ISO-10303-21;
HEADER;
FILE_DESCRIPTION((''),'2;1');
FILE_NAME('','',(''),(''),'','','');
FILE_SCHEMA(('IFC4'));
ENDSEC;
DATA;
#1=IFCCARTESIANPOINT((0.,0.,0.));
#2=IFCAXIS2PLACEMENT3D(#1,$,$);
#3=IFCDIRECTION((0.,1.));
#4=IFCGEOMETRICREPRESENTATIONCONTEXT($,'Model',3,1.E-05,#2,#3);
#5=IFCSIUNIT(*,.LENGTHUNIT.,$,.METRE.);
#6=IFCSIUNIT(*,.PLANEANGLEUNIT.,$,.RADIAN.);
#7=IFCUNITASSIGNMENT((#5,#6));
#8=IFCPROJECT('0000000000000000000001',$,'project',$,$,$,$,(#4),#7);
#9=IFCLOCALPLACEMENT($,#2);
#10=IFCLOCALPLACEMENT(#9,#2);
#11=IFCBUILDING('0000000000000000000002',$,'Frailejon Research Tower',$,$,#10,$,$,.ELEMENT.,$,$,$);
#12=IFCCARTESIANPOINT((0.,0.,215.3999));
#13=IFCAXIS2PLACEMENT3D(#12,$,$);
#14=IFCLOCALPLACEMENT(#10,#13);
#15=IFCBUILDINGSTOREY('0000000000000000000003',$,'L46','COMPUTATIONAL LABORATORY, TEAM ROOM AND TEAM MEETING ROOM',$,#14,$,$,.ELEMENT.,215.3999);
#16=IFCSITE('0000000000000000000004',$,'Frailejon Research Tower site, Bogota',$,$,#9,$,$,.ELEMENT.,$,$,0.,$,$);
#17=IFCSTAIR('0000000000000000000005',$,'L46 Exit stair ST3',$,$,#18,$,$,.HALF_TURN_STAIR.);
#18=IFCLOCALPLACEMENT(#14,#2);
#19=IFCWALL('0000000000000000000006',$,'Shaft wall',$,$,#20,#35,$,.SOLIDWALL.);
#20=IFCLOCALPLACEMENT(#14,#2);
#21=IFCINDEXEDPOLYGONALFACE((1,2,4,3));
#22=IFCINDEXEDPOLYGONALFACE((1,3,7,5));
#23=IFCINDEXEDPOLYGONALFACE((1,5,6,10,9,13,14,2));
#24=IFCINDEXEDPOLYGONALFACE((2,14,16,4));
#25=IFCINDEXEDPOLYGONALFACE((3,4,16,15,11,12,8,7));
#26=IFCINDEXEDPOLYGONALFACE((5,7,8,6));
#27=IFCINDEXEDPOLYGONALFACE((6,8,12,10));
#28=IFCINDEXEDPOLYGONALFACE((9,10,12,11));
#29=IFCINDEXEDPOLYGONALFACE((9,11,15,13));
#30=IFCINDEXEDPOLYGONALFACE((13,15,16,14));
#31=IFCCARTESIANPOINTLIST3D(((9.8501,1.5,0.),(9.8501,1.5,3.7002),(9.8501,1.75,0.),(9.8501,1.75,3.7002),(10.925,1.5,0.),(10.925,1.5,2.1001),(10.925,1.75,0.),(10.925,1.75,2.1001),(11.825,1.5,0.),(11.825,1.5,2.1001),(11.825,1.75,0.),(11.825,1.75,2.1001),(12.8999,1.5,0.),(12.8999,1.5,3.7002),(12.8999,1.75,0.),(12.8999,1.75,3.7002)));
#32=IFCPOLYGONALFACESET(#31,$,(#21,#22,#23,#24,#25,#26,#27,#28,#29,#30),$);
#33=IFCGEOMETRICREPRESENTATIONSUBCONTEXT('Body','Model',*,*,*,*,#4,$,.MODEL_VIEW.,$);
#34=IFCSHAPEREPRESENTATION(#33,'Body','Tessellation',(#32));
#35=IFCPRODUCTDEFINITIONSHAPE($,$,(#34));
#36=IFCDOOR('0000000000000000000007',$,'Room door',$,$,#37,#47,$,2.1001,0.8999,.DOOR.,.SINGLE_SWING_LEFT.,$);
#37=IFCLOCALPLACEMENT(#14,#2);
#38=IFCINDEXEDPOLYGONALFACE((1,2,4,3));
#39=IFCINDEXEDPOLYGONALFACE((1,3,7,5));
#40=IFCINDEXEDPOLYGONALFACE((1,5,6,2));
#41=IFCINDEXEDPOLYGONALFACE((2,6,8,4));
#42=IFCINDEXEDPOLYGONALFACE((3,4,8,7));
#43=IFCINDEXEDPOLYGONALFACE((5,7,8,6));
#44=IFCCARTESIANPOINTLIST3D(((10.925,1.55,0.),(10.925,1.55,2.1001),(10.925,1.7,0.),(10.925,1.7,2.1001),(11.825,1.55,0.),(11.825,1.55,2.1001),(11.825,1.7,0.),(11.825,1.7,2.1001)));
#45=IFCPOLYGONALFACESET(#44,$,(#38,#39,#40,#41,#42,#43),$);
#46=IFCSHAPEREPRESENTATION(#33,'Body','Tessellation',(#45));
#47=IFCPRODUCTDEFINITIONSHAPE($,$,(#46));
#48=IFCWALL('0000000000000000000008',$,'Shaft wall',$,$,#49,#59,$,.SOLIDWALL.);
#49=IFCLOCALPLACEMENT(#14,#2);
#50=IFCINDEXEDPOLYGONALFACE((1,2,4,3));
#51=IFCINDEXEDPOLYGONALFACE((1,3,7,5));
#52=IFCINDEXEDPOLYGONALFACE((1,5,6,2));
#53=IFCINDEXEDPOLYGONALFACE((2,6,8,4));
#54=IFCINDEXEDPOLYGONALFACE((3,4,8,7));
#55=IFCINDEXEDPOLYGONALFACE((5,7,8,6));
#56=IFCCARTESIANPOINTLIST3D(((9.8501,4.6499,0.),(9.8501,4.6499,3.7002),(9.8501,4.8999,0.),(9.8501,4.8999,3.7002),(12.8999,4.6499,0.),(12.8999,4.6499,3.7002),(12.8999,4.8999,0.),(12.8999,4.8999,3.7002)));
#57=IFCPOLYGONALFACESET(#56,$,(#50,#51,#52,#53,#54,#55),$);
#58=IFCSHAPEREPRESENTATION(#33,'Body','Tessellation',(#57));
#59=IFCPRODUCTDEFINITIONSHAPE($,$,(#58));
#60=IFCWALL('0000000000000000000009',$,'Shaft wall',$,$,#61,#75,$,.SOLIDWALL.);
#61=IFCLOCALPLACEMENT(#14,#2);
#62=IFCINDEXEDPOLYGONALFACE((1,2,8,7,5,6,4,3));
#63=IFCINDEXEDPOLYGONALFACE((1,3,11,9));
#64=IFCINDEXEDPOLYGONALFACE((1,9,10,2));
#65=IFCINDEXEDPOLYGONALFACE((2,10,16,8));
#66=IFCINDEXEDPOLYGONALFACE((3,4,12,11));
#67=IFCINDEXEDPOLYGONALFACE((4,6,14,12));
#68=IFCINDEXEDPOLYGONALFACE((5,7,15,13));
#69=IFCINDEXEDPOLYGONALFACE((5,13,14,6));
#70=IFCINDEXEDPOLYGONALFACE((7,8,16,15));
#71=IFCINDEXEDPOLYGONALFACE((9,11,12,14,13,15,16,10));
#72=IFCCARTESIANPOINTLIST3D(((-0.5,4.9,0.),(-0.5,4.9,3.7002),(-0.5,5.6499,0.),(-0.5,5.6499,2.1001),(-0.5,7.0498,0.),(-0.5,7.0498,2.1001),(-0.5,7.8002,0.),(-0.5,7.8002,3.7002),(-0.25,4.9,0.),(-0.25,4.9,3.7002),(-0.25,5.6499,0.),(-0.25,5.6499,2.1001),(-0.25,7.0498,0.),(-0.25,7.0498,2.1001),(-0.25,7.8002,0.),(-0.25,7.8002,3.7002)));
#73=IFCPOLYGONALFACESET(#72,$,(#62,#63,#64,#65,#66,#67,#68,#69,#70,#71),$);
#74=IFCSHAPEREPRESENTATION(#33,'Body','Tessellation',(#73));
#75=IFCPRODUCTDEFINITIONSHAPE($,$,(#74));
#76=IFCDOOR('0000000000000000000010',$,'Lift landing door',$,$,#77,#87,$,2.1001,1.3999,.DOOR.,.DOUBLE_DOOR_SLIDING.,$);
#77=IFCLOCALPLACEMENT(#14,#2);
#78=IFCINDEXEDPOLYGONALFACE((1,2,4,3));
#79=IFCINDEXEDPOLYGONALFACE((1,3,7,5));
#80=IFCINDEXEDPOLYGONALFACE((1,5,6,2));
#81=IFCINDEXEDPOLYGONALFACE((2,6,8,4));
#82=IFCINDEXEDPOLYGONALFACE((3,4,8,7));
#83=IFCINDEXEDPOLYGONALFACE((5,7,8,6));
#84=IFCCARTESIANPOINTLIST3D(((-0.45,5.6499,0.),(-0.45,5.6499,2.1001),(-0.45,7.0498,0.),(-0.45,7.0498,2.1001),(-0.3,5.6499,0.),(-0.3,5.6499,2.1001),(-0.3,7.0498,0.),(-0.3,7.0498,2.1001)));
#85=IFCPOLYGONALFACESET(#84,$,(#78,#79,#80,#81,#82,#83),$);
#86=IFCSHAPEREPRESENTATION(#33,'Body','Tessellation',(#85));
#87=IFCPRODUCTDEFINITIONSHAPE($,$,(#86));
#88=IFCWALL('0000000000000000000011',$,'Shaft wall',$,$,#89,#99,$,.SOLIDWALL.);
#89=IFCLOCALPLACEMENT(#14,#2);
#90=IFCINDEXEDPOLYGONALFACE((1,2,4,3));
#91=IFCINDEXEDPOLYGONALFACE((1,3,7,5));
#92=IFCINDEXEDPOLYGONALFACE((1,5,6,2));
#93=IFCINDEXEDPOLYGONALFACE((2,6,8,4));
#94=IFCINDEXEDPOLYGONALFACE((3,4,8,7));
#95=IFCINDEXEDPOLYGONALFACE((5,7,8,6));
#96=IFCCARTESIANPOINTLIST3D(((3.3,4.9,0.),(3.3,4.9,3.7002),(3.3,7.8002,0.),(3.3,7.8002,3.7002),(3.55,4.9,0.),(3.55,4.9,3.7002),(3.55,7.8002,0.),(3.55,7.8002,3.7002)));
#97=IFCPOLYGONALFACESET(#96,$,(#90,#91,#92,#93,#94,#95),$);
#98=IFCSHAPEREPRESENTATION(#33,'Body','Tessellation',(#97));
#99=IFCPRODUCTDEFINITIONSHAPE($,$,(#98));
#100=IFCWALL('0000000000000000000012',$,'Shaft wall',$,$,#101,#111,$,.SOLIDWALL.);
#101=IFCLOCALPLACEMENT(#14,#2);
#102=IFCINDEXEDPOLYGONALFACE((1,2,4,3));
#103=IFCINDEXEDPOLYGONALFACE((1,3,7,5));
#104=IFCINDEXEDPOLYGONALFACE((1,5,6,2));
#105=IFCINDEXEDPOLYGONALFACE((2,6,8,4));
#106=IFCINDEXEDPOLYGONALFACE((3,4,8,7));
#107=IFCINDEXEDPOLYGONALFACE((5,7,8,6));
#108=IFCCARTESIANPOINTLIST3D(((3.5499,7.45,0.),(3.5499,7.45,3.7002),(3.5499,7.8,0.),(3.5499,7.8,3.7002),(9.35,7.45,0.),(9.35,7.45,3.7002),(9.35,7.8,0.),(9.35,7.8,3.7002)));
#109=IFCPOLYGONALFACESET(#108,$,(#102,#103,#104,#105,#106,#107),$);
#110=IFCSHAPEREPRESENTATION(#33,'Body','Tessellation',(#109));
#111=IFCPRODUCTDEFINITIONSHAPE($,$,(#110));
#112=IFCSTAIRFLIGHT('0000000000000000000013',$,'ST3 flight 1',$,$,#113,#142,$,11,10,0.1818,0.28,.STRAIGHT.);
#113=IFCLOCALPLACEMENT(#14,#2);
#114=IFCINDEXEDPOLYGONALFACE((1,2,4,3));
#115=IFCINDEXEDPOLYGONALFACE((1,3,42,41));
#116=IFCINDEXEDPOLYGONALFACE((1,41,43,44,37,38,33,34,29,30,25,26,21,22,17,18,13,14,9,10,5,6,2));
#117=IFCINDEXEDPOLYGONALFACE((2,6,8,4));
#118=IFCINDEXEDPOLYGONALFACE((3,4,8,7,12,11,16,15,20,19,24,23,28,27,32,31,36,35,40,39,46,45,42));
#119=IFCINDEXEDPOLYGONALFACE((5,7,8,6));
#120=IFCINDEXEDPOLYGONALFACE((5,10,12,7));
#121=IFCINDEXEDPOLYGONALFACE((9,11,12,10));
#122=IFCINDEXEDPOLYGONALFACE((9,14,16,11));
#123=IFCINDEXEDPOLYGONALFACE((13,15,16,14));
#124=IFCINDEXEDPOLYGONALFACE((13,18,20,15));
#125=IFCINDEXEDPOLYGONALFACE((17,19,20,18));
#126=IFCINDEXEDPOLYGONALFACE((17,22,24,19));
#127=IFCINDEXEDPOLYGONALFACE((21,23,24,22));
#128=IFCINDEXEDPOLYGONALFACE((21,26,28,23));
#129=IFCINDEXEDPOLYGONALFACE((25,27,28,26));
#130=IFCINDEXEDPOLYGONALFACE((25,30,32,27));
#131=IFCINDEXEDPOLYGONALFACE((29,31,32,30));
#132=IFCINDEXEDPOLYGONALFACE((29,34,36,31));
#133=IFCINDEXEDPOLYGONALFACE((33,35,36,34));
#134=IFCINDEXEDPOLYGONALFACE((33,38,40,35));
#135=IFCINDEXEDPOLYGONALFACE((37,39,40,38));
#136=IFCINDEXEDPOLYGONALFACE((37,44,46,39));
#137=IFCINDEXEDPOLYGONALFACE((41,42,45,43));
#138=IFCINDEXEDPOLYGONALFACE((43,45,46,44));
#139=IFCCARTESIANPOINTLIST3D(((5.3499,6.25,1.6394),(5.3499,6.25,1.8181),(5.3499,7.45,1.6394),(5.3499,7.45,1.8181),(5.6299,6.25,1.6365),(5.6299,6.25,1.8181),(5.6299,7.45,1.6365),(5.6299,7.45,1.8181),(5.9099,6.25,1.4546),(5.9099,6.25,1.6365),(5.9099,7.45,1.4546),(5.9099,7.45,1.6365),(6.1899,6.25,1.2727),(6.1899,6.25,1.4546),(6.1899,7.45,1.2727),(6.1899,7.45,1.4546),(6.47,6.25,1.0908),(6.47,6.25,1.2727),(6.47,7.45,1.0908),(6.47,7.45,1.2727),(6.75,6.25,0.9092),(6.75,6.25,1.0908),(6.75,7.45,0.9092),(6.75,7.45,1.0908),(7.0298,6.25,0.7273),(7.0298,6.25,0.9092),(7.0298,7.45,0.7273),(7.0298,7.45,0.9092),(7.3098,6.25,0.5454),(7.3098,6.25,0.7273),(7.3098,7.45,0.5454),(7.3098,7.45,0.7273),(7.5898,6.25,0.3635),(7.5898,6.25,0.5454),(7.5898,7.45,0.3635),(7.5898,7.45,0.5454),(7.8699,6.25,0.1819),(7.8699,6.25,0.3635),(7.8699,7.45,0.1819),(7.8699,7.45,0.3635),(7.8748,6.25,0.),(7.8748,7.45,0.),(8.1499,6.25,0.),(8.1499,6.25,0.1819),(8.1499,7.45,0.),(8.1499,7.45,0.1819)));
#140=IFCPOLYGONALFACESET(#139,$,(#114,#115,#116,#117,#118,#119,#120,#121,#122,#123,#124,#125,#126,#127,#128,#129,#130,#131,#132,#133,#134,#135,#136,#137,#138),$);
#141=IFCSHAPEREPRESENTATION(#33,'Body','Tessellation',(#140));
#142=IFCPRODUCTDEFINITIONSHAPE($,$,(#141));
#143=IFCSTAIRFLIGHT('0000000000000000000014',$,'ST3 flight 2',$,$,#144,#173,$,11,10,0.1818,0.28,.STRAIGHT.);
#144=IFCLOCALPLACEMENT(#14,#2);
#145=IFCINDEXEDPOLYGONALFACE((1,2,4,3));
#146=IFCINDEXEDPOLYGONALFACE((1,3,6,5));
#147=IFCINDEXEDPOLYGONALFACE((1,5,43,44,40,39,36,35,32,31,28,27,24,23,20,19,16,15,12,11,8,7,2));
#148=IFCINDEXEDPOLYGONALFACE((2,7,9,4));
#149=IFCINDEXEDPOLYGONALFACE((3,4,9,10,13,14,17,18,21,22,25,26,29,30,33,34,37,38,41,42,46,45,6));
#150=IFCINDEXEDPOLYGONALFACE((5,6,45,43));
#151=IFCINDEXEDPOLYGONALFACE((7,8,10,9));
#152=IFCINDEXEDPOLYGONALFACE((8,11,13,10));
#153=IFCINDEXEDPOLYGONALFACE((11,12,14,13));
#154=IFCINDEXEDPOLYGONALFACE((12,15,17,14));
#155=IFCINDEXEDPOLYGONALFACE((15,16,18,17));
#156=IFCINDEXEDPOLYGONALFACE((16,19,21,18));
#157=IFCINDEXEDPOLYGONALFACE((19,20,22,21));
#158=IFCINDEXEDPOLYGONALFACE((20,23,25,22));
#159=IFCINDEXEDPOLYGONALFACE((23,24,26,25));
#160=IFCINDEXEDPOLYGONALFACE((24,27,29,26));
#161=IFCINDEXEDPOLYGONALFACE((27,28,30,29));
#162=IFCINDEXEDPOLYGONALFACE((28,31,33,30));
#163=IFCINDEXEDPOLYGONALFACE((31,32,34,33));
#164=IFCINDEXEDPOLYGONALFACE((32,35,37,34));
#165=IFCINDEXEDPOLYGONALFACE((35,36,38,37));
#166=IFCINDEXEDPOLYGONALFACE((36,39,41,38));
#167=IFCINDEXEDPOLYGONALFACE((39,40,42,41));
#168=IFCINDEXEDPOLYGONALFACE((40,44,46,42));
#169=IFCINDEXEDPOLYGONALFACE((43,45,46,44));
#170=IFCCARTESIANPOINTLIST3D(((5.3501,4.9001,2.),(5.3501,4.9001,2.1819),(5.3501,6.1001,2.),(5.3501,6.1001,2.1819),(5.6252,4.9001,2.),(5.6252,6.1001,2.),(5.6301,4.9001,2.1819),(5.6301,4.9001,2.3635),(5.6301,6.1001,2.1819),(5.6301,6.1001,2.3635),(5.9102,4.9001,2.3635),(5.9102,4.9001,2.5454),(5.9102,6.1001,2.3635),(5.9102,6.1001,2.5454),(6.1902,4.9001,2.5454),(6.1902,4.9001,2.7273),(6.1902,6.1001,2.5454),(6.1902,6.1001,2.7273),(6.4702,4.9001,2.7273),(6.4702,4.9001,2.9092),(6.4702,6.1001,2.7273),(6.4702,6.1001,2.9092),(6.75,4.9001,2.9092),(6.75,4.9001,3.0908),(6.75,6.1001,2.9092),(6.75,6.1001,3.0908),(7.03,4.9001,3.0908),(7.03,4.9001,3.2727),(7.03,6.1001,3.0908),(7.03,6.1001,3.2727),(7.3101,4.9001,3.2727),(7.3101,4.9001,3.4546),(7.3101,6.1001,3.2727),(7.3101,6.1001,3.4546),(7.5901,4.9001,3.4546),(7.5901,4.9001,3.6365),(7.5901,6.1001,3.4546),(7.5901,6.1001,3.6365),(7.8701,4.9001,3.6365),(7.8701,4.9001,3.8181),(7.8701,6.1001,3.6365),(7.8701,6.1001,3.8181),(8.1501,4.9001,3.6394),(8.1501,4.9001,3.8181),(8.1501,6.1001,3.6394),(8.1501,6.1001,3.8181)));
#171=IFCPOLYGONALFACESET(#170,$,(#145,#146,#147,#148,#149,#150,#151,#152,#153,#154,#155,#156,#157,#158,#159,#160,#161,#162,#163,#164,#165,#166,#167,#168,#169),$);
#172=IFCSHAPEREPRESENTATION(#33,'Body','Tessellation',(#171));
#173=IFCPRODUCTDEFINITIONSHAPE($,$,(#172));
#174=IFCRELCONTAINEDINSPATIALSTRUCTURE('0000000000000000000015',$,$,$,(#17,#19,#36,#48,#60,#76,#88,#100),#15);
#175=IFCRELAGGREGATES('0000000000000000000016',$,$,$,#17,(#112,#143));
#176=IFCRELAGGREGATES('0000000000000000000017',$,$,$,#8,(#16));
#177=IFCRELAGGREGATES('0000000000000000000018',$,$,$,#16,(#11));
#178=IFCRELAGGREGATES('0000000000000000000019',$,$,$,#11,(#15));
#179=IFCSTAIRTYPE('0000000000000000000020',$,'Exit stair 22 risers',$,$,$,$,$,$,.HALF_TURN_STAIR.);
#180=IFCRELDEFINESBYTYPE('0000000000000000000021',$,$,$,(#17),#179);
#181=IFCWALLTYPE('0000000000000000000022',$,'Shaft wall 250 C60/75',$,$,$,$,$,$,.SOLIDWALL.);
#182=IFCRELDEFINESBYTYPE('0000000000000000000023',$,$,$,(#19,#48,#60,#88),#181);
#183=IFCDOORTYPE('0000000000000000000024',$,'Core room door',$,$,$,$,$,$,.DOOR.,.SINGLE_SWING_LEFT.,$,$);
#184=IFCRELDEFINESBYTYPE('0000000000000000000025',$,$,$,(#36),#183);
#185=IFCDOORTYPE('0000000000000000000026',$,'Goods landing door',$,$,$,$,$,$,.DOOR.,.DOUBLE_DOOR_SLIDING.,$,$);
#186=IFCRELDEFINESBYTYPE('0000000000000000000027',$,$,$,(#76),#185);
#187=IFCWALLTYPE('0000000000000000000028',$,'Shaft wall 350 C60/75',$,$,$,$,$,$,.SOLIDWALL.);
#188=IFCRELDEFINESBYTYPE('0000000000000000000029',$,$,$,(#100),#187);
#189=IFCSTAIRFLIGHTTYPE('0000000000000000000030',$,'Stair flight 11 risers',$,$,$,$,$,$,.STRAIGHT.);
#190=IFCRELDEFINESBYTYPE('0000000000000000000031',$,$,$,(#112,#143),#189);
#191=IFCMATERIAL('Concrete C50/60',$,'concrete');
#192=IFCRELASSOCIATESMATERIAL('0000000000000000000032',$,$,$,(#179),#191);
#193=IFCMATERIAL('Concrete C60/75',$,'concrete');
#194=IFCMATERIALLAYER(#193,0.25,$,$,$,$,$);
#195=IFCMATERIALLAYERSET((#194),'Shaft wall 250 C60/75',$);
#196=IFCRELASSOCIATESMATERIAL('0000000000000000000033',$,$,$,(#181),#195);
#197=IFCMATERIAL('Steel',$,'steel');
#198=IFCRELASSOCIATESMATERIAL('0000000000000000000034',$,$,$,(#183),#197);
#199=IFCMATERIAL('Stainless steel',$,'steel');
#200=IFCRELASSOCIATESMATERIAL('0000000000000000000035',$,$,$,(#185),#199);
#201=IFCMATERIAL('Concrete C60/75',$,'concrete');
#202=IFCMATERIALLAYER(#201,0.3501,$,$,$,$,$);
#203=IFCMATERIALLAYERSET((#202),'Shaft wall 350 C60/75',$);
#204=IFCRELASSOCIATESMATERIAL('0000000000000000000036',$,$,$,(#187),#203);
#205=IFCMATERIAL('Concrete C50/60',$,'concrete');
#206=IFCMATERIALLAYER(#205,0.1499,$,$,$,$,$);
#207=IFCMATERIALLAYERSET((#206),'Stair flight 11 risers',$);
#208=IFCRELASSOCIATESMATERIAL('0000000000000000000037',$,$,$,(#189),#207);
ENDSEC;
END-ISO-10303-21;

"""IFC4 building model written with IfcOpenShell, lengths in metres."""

from ifc_helpers import new_model, si_unit, direction, frame, frame_2d, origin, place, context, subcontext, project, spatial, polyline, rectangle, outline, extrude, material, layer, layer_set, type_object, element, fill, aggregate, save


model = new_model("IFC4")

# Units and contexts
model_context = context("Model", 3, precision=1e-05, world=origin(), true_north=direction((0.0, 1.0)))
body_context = subcontext(model_context, "Body", "Model", "MODEL_VIEW")
ifc_project = project(units=[si_unit("LENGTHUNIT", "METRE"), si_unit("PLANEANGLEUNIT", "RADIAN")], contexts=[model_context])

# Site, building, storey
site_placement = place(None, origin())
site = spatial("IfcSite", under=ifc_project, at=site_placement, Name="Frailejon Research Tower site, Bogota", CompositionType="ELEMENT", RefElevation=0.0)
building_placement = place(site_placement, origin())
building = spatial("IfcBuilding", under=site, at=building_placement, Name="Frailejon Research Tower", CompositionType="ELEMENT")
storey_placement = place(building_placement, frame((0.0, 0.0, 215.3999)))
storey = spatial("IfcBuildingStorey", under=building, at=storey_placement, Name="L46", Description="COMPUTATIONAL LABORATORY, TEAM ROOM AND TEAM MEETING ROOM", CompositionType="ELEMENT", Elevation=215.3999)

# Stair
ifc_material_1 = material(Name="Concrete C50/60", Category="concrete")
stair_type = type_object("IfcStairType", Name="Exit stair 22 risers", PredefinedType="HALF_TURN_STAIR", material=ifc_material_1)
stair_1_placement = place(storey_placement, origin())
stair_1 = element("IfcStair", 1, at=stair_1_placement, inside=storey, type_object=stair_type, Name="L46 Exit stair ST3", PredefinedType="HALF_TURN_STAIR")

# Wall, opening, door
ifc_material_2 = material(Name="Concrete C60/75", Category="concrete")
ifc_layer_1 = layer(ifc_material_2, 0.25)
ifc_layer_set_1 = layer_set([ifc_layer_1], Name="Shaft wall 250 C60/75")
wall_type_1 = type_object("IfcWallType", Name="Shaft wall 250 C60/75", PredefinedType="SOLIDWALL", material=ifc_layer_set_1)
wall_1_placement = place(storey_placement, frame((9.8501, 1.625, 0.0), z_axis=(0.0, 0.0, 1.0), x_axis=(1.0, 0.0, 0.0)))
wall_1 = element("IfcWall", 2, at=wall_1_placement, inside=storey, type_object=wall_type_1, Name="Shaft wall", PredefinedType="SOLIDWALL", context=body_context, shape_type="SweptSolid", body=[
    extrude(rectangle(XDim=3.0498, YDim=0.25, at=frame_2d((1.5249, 0.0))), origin(), (0.0, 0.0, 1.0), 3.7002),
])
opening_1_placement = place(wall_1_placement, frame((1.075, 0.0, 0.0)))
opening_1 = element("IfcOpeningElement", 3, at=opening_1_placement, cuts=wall_1, PredefinedType="OPENING", context=body_context, shape_type="SweptSolid", body=[
    extrude(rectangle(XDim=0.8999, YDim=2.1001, at=frame_2d((0.45, 1.05))), frame((0.0, 0.135, 0.0), z_axis=(0.0, -1.0, 0.0), x_axis=(1.0, 0.0, 0.0)), (0.0, 0.0, 1.0), 0.27),
])
ifc_material_3 = material(Name="Steel", Category="steel")
door_type_1 = type_object("IfcDoorType", Name="Core room door", OperationType="SINGLE_SWING_LEFT", PredefinedType="DOOR", material=ifc_material_3)
door_1_placement = place(opening_1_placement, origin())
door_1 = element("IfcDoor", 4, at=door_1_placement, inside=storey, type_object=door_type_1, Name="Room door", OperationType="SINGLE_SWING_LEFT", OverallHeight=2.1001, OverallWidth=0.8999, PredefinedType="DOOR", context=body_context, shape_type="SweptSolid", body=[
    extrude(rectangle(XDim=0.8999, YDim=2.1001, at=frame_2d((0.45, 1.05))), frame((0.0, 0.075, 0.0), z_axis=(0.0, -1.0, 0.0), x_axis=(1.0, 0.0, 0.0)), (0.0, 0.0, 1.0), 0.1499),
])
fill(opening_1, door_1)

# Wall
wall_2_placement = place(storey_placement, frame((9.8501, 4.7749, 0.0), z_axis=(0.0, 0.0, 1.0), x_axis=(1.0, 0.0, 0.0)))
element("IfcWall", 5, at=wall_2_placement, inside=storey, type_object=wall_type_1, Name="Shaft wall", PredefinedType="SOLIDWALL", context=body_context, shape_type="SweptSolid", body=[
    extrude(rectangle(XDim=3.0498, YDim=0.25, at=frame_2d((1.5249, 0.0))), origin(), (0.0, 0.0, 1.0), 3.7002),
])

# Wall, opening, door
wall_3_placement = place(storey_placement, frame((-0.375, 4.8999, 0.0), z_axis=(0.0, 0.0, 1.0), x_axis=(0.0, 1.0, 0.0)))
wall_3 = element("IfcWall", 6, at=wall_3_placement, inside=storey, type_object=wall_type_1, Name="Shaft wall", PredefinedType="SOLIDWALL", context=body_context, shape_type="SweptSolid", body=[
    extrude(rectangle(XDim=2.9001, YDim=0.25, at=frame_2d((1.4502, 0.0))), origin(), (0.0, 0.0, 1.0), 3.7002),
])
opening_2_placement = place(wall_3_placement, frame((0.75, 0.0, 0.0)))
opening_2 = element("IfcOpeningElement", 7, at=opening_2_placement, cuts=wall_3, PredefinedType="OPENING", context=body_context, shape_type="SweptSolid", body=[
    extrude(rectangle(XDim=1.3999, YDim=2.1001, at=frame_2d((0.7, 1.05))), frame((0.0, 0.135, 0.0), z_axis=(0.0, -1.0, 0.0), x_axis=(1.0, 0.0, 0.0)), (0.0, 0.0, 1.0), 0.27),
])
ifc_material_4 = material(Name="Stainless steel", Category="steel")
door_type_2 = type_object("IfcDoorType", Name="Goods landing door", OperationType="DOUBLE_DOOR_SLIDING", PredefinedType="DOOR", material=ifc_material_4)
door_2_placement = place(opening_2_placement, origin())
door_2 = element("IfcDoor", 8, at=door_2_placement, inside=storey, type_object=door_type_2, Name="Lift landing door", OperationType="DOUBLE_DOOR_SLIDING", OverallHeight=2.1001, OverallWidth=1.3999, PredefinedType="DOOR", context=body_context, shape_type="SweptSolid", body=[
    extrude(rectangle(XDim=1.3999, YDim=2.1001, at=frame_2d((0.7, 1.05))), frame((0.0, 0.075, 0.0), z_axis=(0.0, -1.0, 0.0), x_axis=(1.0, 0.0, 0.0)), (0.0, 0.0, 1.0), 0.1499),
])
fill(opening_2, door_2)

# Walls
wall_4_placement = place(storey_placement, frame((3.425, 4.8999, 0.0), z_axis=(0.0, 0.0, 1.0), x_axis=(0.0, 1.0, 0.0)))
element("IfcWall", 9, at=wall_4_placement, inside=storey, type_object=wall_type_1, Name="Shaft wall", PredefinedType="SOLIDWALL", context=body_context, shape_type="SweptSolid", body=[
    extrude(rectangle(XDim=2.9001, YDim=0.25, at=frame_2d((1.4502, 0.0))), origin(), (0.0, 0.0, 1.0), 3.7002),
])
ifc_material_5 = material(Name="Concrete C60/75", Category="concrete")
ifc_layer_2 = layer(ifc_material_5, 0.3501)
ifc_layer_set_2 = layer_set([ifc_layer_2], Name="Shaft wall 350 C60/75")
wall_type_2 = type_object("IfcWallType", Name="Shaft wall 350 C60/75", PredefinedType="SOLIDWALL", material=ifc_layer_set_2)
wall_5_placement = place(storey_placement, frame((3.55, 7.625, 0.0), z_axis=(0.0, 0.0, 1.0), x_axis=(1.0, 0.0, 0.0)))
element("IfcWall", 10, at=wall_5_placement, inside=storey, type_object=wall_type_2, Name="Shaft wall", PredefinedType="SOLIDWALL", context=body_context, shape_type="SweptSolid", body=[
    extrude(rectangle(XDim=5.8, YDim=0.3501, at=frame_2d((2.8999, 0.0))), origin(), (0.0, 0.0, 1.0), 3.7002),
])

# Stair flights
ifc_material_6 = material(Name="Concrete C50/60", Category="concrete")
ifc_layer_3 = layer(ifc_material_6, 0.1499)
ifc_layer_set_3 = layer_set([ifc_layer_3], Name="Stair flight 11 risers")
stair_flight_type = type_object("IfcStairFlightType", Name="Stair flight 11 risers", PredefinedType="STRAIGHT", material=ifc_layer_set_3)
stair_flight_1_placement = place(storey_placement, frame((8.1499, 6.8501, 0.0), z_axis=(0.0, 0.0, 1.0), x_axis=(-1.0, 0.0, 0.0)))
stair_flight_1 = element("IfcStairFlight", 11, at=stair_flight_1_placement, type_object=stair_flight_type, Name="ST3 flight 1", NumberOfRisers=11, NumberOfTreads=10, PredefinedType="STRAIGHT", RiserHeight=0.1818, TreadLength=0.28, context=body_context, shape_type="SweptSolid", body=[
    extrude(outline(polyline([(0.0, 0.0), (0.0, 0.1819), (0.28, 0.1819), (0.28, 0.3635), (0.5601, 0.3635), (0.5601, 0.5454), (0.8401, 0.5454), (0.8401, 0.7273), (1.1201, 0.7273), (1.1201, 0.9092), (1.3999, 0.9092), (1.3999, 1.0908), (1.6799, 1.0908), (1.6799, 1.2727), (1.96, 1.2727), (1.96, 1.4546), (2.24, 1.4546), (2.24, 1.6365), (2.52, 1.6365), (2.52, 1.8181), (2.8, 1.8181), (2.8, 2.0), (2.8, 1.6394), (0.2751, 0.0), (0.0, 0.0)])), frame((0.0, 0.6001, 0.0), z_axis=(0.0, -1.0, 0.0), x_axis=(1.0, 0.0, 0.0)), (0.0, 0.0, 1.0), 1.2),
])
stair_flight_2_placement = place(storey_placement, frame((5.3501, 5.5, 2.0), z_axis=(0.0, 0.0, 1.0), x_axis=(1.0, 0.0, 0.0)))
stair_flight_2 = element("IfcStairFlight", 12, at=stair_flight_2_placement, type_object=stair_flight_type, Name="ST3 flight 2", NumberOfRisers=11, NumberOfTreads=10, PredefinedType="STRAIGHT", RiserHeight=0.1818, TreadLength=0.28, context=body_context, shape_type="SweptSolid", body=[
    extrude(outline(polyline([(0.0, 0.0), (0.0, 0.1819), (0.28, 0.1819), (0.28, 0.3635), (0.5601, 0.3635), (0.5601, 0.5454), (0.8401, 0.5454), (0.8401, 0.7273), (1.1201, 0.7273), (1.1201, 0.9092), (1.3999, 0.9092), (1.3999, 1.0908), (1.6799, 1.0908), (1.6799, 1.2727), (1.96, 1.2727), (1.96, 1.4546), (2.24, 1.4546), (2.24, 1.6365), (2.52, 1.6365), (2.52, 1.8181), (2.8, 1.8181), (2.8, 2.0), (2.8, 1.6394), (0.2751, 0.0), (0.0, 0.0)])), frame((0.0, 0.6001, 0.0), z_axis=(0.0, -1.0, 0.0), x_axis=(1.0, 0.0, 0.0)), (0.0, 0.0, 1.0), 1.2),
])
aggregate(stair_1, [stair_flight_1, stair_flight_2])

save(model, "model.ifc")
